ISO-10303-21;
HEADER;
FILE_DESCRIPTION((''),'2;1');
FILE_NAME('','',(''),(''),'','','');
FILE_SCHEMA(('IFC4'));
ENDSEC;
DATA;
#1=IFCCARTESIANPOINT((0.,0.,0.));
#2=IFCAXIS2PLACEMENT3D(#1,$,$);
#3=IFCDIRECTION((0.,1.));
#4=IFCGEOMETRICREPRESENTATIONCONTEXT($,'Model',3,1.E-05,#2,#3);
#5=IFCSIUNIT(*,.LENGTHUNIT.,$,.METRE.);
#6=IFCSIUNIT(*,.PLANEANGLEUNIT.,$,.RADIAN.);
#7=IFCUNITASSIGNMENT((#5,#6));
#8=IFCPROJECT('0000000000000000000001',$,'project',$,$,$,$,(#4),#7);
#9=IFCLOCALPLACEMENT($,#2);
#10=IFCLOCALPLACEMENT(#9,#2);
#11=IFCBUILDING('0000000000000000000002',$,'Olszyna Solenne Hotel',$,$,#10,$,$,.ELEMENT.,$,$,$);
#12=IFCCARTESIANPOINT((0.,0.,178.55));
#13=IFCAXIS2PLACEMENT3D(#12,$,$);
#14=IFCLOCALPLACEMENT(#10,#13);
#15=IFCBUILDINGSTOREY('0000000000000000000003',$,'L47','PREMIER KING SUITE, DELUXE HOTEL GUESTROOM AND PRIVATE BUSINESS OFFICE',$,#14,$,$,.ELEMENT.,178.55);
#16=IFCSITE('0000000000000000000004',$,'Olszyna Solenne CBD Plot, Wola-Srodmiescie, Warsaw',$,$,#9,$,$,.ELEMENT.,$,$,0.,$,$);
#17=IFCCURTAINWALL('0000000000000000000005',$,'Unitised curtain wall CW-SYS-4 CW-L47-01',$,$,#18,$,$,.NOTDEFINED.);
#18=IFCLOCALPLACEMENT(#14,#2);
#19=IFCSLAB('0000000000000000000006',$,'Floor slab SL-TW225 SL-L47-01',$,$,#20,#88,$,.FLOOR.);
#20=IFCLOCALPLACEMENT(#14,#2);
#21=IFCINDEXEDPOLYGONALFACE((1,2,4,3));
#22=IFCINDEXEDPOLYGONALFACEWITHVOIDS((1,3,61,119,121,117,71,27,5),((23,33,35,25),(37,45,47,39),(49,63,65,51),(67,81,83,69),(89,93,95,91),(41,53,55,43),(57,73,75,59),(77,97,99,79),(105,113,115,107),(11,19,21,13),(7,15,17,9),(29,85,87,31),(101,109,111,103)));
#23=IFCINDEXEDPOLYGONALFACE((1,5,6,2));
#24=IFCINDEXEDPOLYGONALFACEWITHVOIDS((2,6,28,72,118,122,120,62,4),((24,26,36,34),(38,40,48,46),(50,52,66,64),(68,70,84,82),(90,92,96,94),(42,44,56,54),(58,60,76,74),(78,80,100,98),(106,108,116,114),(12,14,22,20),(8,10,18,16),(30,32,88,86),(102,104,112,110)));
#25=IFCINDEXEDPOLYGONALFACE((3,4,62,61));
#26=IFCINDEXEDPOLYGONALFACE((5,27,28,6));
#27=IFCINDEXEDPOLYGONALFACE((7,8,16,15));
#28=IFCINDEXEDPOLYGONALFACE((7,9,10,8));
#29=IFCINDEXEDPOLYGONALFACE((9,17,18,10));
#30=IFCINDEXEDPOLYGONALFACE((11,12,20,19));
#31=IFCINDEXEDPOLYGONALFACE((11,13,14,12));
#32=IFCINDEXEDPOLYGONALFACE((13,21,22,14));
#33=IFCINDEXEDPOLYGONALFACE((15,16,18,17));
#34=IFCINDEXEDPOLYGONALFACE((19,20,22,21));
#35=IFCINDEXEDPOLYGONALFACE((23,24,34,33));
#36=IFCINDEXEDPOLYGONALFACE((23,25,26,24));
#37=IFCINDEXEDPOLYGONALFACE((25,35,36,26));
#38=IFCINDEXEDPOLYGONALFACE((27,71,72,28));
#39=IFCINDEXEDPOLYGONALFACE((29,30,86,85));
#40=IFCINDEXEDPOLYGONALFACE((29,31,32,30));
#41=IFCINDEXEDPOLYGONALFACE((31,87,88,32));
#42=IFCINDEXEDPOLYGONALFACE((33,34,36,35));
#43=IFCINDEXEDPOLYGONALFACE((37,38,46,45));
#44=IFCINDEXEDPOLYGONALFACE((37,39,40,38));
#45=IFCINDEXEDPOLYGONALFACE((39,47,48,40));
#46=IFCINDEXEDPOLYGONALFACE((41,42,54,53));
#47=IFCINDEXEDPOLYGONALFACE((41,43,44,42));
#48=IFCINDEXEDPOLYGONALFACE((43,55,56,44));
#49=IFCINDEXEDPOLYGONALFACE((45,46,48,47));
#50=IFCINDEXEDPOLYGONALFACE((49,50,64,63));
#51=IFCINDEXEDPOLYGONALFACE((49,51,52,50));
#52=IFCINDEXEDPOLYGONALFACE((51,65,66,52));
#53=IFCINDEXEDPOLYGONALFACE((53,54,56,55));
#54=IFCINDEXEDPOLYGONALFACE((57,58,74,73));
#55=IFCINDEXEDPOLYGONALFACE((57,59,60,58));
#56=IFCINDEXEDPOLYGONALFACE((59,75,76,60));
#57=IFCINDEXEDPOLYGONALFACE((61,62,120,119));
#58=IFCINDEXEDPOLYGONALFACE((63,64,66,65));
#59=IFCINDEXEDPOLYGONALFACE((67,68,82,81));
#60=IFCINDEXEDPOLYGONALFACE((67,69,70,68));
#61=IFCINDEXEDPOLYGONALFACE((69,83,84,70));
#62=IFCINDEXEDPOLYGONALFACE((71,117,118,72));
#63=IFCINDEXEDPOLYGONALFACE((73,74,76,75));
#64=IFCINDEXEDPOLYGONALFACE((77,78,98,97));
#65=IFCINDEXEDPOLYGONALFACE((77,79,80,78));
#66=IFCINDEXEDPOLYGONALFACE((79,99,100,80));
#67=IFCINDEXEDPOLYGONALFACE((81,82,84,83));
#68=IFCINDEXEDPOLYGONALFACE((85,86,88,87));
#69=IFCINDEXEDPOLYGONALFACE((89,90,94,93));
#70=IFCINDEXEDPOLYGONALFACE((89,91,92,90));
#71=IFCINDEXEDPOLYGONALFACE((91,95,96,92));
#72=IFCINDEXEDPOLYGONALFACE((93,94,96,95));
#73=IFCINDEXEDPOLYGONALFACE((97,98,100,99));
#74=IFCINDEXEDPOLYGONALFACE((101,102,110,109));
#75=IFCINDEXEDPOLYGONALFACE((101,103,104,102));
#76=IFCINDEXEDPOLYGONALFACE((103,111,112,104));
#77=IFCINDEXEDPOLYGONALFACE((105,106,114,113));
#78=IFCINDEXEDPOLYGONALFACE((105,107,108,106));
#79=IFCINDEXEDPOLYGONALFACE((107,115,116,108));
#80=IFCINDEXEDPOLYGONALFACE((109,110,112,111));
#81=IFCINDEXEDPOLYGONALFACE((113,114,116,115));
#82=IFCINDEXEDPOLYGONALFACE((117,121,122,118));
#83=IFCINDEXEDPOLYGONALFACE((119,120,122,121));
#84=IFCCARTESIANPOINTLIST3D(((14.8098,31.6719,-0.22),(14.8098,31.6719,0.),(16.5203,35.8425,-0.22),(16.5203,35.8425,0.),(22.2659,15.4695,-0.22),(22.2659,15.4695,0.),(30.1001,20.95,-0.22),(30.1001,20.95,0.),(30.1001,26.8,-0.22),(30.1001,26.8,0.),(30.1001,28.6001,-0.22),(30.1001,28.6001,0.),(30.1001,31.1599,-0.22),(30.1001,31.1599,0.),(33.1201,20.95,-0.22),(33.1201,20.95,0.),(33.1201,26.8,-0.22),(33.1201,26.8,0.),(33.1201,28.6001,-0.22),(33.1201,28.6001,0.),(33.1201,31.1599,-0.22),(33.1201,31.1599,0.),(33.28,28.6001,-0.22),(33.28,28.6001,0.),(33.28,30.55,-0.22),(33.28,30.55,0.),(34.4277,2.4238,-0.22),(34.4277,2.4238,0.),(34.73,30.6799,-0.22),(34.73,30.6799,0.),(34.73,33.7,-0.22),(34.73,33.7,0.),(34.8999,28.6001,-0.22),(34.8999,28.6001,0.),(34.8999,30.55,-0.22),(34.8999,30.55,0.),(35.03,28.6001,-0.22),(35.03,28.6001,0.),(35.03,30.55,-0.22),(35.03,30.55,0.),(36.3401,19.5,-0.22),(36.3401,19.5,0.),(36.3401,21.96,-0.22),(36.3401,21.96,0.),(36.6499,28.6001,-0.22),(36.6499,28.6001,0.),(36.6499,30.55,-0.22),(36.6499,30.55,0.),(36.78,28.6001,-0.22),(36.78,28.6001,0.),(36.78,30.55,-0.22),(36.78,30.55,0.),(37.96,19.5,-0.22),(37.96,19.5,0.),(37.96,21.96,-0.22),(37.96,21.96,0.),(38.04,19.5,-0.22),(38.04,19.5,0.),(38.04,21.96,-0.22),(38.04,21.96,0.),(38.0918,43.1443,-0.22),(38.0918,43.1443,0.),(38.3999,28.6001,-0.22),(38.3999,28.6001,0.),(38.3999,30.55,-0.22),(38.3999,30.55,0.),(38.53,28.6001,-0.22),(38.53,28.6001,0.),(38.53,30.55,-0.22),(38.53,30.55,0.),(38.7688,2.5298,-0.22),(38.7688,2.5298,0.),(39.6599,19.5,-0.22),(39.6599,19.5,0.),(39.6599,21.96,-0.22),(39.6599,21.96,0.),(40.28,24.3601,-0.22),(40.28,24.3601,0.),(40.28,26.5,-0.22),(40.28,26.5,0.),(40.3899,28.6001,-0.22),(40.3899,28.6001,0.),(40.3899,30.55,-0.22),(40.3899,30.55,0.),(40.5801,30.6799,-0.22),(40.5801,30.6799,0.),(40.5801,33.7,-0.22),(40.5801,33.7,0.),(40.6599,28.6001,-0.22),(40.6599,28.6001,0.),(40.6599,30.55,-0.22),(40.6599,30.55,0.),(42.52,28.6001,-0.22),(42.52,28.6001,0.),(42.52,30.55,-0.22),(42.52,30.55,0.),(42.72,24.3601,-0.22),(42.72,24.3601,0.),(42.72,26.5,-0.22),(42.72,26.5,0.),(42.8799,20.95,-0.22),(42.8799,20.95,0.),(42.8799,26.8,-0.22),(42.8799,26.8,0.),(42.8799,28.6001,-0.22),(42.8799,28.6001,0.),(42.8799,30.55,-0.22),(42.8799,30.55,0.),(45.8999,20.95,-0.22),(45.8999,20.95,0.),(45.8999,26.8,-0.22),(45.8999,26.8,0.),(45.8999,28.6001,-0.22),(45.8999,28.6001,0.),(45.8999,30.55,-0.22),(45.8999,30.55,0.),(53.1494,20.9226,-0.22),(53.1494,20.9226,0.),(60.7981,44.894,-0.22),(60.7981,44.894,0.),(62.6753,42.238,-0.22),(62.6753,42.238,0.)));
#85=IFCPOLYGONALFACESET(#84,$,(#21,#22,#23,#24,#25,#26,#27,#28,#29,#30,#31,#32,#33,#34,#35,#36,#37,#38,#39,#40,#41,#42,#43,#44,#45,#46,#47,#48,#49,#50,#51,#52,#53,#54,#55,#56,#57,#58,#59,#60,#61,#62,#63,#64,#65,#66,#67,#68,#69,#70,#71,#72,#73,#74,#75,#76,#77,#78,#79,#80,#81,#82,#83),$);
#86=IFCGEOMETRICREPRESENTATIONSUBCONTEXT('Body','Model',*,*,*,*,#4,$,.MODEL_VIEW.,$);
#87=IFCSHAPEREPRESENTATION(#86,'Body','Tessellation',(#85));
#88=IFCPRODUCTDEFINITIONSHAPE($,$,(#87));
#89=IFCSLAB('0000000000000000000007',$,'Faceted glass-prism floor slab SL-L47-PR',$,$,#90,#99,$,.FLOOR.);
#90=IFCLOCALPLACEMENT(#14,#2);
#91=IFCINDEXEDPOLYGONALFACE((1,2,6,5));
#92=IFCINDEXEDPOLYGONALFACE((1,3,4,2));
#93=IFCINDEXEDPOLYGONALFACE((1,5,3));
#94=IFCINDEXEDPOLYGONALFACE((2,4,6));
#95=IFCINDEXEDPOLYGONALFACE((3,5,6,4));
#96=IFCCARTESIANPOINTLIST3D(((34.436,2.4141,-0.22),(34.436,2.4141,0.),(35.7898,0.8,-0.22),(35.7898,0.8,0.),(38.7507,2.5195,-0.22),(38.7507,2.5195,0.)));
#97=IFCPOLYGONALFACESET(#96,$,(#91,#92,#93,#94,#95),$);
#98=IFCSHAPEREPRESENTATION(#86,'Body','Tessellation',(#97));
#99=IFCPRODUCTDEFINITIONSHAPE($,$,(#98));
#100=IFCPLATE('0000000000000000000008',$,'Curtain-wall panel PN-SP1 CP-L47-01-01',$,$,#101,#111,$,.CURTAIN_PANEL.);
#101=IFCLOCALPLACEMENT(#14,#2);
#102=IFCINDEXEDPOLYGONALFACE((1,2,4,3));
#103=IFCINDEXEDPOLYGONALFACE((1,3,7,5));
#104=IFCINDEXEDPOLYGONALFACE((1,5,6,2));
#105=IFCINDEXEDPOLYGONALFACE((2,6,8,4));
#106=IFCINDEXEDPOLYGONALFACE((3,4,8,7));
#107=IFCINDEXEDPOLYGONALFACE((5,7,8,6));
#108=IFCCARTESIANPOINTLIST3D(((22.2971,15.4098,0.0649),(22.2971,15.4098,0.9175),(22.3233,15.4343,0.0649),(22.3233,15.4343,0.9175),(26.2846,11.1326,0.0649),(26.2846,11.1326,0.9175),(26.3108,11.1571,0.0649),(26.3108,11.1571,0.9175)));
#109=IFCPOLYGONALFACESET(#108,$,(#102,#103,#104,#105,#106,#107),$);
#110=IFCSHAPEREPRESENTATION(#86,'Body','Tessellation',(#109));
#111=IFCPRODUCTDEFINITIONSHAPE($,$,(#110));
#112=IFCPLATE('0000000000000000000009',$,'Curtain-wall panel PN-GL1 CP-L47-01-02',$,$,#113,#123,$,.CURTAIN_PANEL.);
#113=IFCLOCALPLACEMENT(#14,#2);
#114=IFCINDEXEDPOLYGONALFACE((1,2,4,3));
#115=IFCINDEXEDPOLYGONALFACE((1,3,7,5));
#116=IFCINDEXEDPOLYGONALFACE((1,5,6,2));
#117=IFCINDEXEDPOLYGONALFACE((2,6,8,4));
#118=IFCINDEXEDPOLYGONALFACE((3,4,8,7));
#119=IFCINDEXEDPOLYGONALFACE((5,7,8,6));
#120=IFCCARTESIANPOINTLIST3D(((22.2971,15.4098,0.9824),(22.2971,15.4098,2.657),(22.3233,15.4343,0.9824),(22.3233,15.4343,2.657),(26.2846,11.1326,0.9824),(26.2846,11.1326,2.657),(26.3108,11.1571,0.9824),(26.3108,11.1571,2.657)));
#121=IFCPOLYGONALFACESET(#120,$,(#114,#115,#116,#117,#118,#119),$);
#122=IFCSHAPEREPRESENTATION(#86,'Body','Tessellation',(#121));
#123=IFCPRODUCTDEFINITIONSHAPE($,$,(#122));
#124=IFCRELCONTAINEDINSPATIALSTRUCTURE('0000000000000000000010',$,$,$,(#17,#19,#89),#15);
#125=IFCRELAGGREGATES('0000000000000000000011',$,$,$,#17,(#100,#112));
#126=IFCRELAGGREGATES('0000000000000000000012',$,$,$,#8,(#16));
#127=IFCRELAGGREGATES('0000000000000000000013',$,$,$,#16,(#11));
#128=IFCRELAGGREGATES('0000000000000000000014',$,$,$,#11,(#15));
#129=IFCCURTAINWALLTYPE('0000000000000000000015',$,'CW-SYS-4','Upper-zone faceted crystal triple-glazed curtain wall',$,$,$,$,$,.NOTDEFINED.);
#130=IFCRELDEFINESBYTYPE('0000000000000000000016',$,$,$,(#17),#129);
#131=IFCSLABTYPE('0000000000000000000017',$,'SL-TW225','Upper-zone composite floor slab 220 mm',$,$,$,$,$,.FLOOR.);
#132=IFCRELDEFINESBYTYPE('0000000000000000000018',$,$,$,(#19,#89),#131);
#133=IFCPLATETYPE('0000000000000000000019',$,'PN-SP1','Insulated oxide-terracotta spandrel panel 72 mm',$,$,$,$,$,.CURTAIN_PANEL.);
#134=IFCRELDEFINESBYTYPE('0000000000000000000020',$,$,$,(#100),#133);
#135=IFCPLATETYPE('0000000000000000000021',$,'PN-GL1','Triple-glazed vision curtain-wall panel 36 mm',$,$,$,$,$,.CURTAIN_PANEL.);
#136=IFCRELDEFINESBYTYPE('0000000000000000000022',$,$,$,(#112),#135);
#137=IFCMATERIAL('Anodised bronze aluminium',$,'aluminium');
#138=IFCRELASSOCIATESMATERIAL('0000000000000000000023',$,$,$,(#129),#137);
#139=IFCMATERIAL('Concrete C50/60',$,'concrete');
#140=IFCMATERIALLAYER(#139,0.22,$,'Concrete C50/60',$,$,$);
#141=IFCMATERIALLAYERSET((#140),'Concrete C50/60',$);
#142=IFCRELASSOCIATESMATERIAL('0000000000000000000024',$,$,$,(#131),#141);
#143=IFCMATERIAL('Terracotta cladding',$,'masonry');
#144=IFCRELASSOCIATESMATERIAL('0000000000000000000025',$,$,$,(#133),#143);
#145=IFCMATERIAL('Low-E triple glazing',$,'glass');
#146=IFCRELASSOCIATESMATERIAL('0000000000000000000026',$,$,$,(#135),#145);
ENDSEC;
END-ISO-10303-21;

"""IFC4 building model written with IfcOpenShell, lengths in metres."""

from ifc_helpers import new_model, si_unit, direction, frame, origin, origin_2d, place, context, subcontext, project, spatial, polyline, rectangle, outline, extrude, source, transform, mapped, material, layer, layer_set, type_object, element, aggregate, save


model = new_model("IFC4")

# Units and contexts
model_context = context("Model", 3, precision=1e-05, world=origin(), true_north=direction((0.0, 1.0)))
body_context = subcontext(model_context, "Body", "Model", "MODEL_VIEW")
ifc_project = project(units=[si_unit("LENGTHUNIT", "METRE"), si_unit("PLANEANGLEUNIT", "RADIAN")], contexts=[model_context])

# Site, building, storey
site_placement = place(None, origin())
site = spatial("IfcSite", under=ifc_project, at=site_placement, Name="Olszyna Solenne CBD Plot, Wola-Srodmiescie, Warsaw", CompositionType="ELEMENT", RefElevation=0.0)
building_placement = place(site_placement, origin())
building = spatial("IfcBuilding", under=site, at=building_placement, Name="Olszyna Solenne Hotel", CompositionType="ELEMENT")
storey_placement = place(building_placement, frame((0.0, 0.0, 178.55)))
storey = spatial("IfcBuildingStorey", under=building, at=storey_placement, Name="L47", Description="PREMIER KING SUITE, DELUXE HOTEL GUESTROOM AND PRIVATE BUSINESS OFFICE", CompositionType="ELEMENT", Elevation=178.55)

# Curtain wall
ifc_material_1 = material(Name="Anodised bronze aluminium", Category="aluminium")
curtain_wall_type = type_object("IfcCurtainWallType", Name="CW-SYS-4", Description="Upper-zone faceted crystal triple-glazed curtain wall", PredefinedType="NOTDEFINED", material=ifc_material_1)
curtain_wall_placement = place(storey_placement, origin())
curtain_wall = element("IfcCurtainWall", 1, at=curtain_wall_placement, inside=storey, type_object=curtain_wall_type, Name="Unitised curtain wall CW-SYS-4 CW-L47-01", PredefinedType="NOTDEFINED")

# Slabs
ifc_material_2 = material(Name="Concrete C50/60", Category="concrete")
ifc_layer_1 = layer(ifc_material_2, 0.22, Name="Concrete C50/60")
ifc_layer_set_1 = layer_set([ifc_layer_1], Name="Concrete C50/60")
slab_type_1 = type_object("IfcSlabType", Name="SL-TW225", Description="Upper-zone composite floor slab 220 mm", PredefinedType="FLOOR", material=ifc_layer_set_1)
slab_1_placement = place(storey_placement, frame((0.0, 0.0, -0.22)))
element("IfcSlab", 2, at=slab_1_placement, inside=storey, type_object=slab_type_1, Name="Floor slab SL-TW225 SL-L47-01", PredefinedType="FLOOR", context=body_context, shape_type="SweptSolid", body=[
    extrude(outline(polyline([(62.6753, 42.238), (60.7981, 44.894), (38.0918, 43.1443), (16.5203, 35.8425), (14.8098, 31.6719), (22.2659, 15.4695), (34.4277, 2.4238), (38.7688, 2.5298), (53.1494, 20.9226), (62.6753, 42.238)]), holes=[polyline([(30.1001, 20.95), (33.1201, 20.95), (33.1201, 26.8), (30.1001, 26.8), (30.1001, 20.95)]), polyline([(42.8799, 20.95), (45.8999, 20.95), (45.8999, 26.8), (42.8799, 26.8), (42.8799, 20.95)]), polyline([(34.73, 30.6799), (40.5801, 30.6799), (40.5801, 33.7), (34.73, 33.7), (34.73, 30.6799)]), polyline([(36.3401, 19.5), (37.96, 19.5), (37.96, 21.96), (36.3401, 21.96), (36.3401, 19.5)]), polyline([(38.04, 19.5), (39.6599, 19.5), (39.6599, 21.96), (38.04, 21.96), (38.04, 19.5)]), polyline([(30.1001, 28.6001), (33.1201, 28.6001), (33.1201, 31.1599), (30.1001, 31.1599), (30.1001, 28.6001)]), polyline([(40.28, 24.3601), (42.72, 24.3601), (42.72, 26.5), (40.28, 26.5), (40.28, 24.3601)]), polyline([(33.28, 28.6001), (34.8999, 28.6001), (34.8999, 30.55), (33.28, 30.55), (33.28, 28.6001)]), polyline([(35.03, 28.6001), (36.6499, 28.6001), (36.6499, 30.55), (35.03, 30.55), (35.03, 28.6001)]), polyline([(36.78, 28.6001), (38.3999, 28.6001), (38.3999, 30.55), (36.78, 30.55), (36.78, 28.6001)]), polyline([(38.53, 28.6001), (40.3899, 28.6001), (40.3899, 30.55), (38.53, 30.55), (38.53, 28.6001)]), polyline([(40.6599, 28.6001), (42.52, 28.6001), (42.52, 30.55), (40.6599, 30.55), (40.6599, 28.6001)]), polyline([(42.8799, 28.6001), (45.8999, 28.6001), (45.8999, 30.55), (42.8799, 30.55), (42.8799, 28.6001)])]), origin(), (0.0, 0.0, 1.0), 0.22),
])
slab_2_placement = place(storey_placement, frame((0.0, 0.0, -0.22)))
element("IfcSlab", 3, at=slab_2_placement, inside=storey, type_object=slab_type_1, Name="Faceted glass-prism floor slab SL-L47-PR", PredefinedType="FLOOR", context=body_context, shape_type="SweptSolid", body=[
    extrude(outline(polyline([(38.7507, 2.5195), (34.436, 2.4141), (35.7898, 0.8), (38.7507, 2.5195)])), origin(), (0.0, 0.0, 1.0), 0.22),
])

# Plates
ifc_material_3 = material(Name="Terracotta cladding", Category="masonry")
plate_type_1 = type_object("IfcPlateType", Name="PN-SP1", Description="Insulated oxide-terracotta spandrel panel 72 mm", PredefinedType="CURTAIN_PANEL", material=ifc_material_3)
shared_shape_1 = source(origin(), body_context, "Body", "SweptSolid", [
    extrude(rectangle(XDim=5.8477, YDim=0.0359, at=origin_2d()), origin(), (0.0, 0.0, 1.0), 0.8525),
])
plate_1_placement = place(storey_placement, frame((24.304, 13.2834, 0.0649), z_axis=(0.0, 0.0, 1.0), x_axis=(0.681899, -0.731446, 0.0)))
plate_1 = element("IfcPlate", 4, at=plate_1_placement, type_object=plate_type_1, Name="Curtain-wall panel PN-SP1 CP-L47-01-01", PredefinedType="CURTAIN_PANEL", context=body_context, shape_type="MappedRepresentation", body=[
    mapped(shared_shape_1, transform((0.0, 0.0, 0.0), x_axis=(1.0, 0.0, 0.0), y_axis=(0.0, 1.0, 0.0), z_axis=(0.0, 0.0, 1.0), scale=1.0)),
])
ifc_material_4 = material(Name="Low-E triple glazing", Category="glass")
plate_type_2 = type_object("IfcPlateType", Name="PN-GL1", Description="Triple-glazed vision curtain-wall panel 36 mm", PredefinedType="CURTAIN_PANEL", material=ifc_material_4)
shared_shape_2 = source(origin(), body_context, "Body", "SweptSolid", [
    extrude(rectangle(XDim=5.8477, YDim=0.0359, at=origin_2d()), origin(), (0.0, 0.0, 1.0), 1.6746),
])
plate_2_placement = place(storey_placement, frame((24.304, 13.2834, 0.9824), z_axis=(0.0, 0.0, 1.0), x_axis=(0.681899, -0.731446, 0.0)))
plate_2 = element("IfcPlate", 5, at=plate_2_placement, type_object=plate_type_2, Name="Curtain-wall panel PN-GL1 CP-L47-01-02", PredefinedType="CURTAIN_PANEL", context=body_context, shape_type="MappedRepresentation", body=[
    mapped(shared_shape_2, transform((0.0, 0.0, 0.0), x_axis=(1.0, 0.0, 0.0), y_axis=(0.0, 1.0, 0.0), z_axis=(0.0, 0.0, 1.0), scale=1.0)),
])
aggregate(curtain_wall, [plate_1, plate_2])

save(model, "model.ifc")
